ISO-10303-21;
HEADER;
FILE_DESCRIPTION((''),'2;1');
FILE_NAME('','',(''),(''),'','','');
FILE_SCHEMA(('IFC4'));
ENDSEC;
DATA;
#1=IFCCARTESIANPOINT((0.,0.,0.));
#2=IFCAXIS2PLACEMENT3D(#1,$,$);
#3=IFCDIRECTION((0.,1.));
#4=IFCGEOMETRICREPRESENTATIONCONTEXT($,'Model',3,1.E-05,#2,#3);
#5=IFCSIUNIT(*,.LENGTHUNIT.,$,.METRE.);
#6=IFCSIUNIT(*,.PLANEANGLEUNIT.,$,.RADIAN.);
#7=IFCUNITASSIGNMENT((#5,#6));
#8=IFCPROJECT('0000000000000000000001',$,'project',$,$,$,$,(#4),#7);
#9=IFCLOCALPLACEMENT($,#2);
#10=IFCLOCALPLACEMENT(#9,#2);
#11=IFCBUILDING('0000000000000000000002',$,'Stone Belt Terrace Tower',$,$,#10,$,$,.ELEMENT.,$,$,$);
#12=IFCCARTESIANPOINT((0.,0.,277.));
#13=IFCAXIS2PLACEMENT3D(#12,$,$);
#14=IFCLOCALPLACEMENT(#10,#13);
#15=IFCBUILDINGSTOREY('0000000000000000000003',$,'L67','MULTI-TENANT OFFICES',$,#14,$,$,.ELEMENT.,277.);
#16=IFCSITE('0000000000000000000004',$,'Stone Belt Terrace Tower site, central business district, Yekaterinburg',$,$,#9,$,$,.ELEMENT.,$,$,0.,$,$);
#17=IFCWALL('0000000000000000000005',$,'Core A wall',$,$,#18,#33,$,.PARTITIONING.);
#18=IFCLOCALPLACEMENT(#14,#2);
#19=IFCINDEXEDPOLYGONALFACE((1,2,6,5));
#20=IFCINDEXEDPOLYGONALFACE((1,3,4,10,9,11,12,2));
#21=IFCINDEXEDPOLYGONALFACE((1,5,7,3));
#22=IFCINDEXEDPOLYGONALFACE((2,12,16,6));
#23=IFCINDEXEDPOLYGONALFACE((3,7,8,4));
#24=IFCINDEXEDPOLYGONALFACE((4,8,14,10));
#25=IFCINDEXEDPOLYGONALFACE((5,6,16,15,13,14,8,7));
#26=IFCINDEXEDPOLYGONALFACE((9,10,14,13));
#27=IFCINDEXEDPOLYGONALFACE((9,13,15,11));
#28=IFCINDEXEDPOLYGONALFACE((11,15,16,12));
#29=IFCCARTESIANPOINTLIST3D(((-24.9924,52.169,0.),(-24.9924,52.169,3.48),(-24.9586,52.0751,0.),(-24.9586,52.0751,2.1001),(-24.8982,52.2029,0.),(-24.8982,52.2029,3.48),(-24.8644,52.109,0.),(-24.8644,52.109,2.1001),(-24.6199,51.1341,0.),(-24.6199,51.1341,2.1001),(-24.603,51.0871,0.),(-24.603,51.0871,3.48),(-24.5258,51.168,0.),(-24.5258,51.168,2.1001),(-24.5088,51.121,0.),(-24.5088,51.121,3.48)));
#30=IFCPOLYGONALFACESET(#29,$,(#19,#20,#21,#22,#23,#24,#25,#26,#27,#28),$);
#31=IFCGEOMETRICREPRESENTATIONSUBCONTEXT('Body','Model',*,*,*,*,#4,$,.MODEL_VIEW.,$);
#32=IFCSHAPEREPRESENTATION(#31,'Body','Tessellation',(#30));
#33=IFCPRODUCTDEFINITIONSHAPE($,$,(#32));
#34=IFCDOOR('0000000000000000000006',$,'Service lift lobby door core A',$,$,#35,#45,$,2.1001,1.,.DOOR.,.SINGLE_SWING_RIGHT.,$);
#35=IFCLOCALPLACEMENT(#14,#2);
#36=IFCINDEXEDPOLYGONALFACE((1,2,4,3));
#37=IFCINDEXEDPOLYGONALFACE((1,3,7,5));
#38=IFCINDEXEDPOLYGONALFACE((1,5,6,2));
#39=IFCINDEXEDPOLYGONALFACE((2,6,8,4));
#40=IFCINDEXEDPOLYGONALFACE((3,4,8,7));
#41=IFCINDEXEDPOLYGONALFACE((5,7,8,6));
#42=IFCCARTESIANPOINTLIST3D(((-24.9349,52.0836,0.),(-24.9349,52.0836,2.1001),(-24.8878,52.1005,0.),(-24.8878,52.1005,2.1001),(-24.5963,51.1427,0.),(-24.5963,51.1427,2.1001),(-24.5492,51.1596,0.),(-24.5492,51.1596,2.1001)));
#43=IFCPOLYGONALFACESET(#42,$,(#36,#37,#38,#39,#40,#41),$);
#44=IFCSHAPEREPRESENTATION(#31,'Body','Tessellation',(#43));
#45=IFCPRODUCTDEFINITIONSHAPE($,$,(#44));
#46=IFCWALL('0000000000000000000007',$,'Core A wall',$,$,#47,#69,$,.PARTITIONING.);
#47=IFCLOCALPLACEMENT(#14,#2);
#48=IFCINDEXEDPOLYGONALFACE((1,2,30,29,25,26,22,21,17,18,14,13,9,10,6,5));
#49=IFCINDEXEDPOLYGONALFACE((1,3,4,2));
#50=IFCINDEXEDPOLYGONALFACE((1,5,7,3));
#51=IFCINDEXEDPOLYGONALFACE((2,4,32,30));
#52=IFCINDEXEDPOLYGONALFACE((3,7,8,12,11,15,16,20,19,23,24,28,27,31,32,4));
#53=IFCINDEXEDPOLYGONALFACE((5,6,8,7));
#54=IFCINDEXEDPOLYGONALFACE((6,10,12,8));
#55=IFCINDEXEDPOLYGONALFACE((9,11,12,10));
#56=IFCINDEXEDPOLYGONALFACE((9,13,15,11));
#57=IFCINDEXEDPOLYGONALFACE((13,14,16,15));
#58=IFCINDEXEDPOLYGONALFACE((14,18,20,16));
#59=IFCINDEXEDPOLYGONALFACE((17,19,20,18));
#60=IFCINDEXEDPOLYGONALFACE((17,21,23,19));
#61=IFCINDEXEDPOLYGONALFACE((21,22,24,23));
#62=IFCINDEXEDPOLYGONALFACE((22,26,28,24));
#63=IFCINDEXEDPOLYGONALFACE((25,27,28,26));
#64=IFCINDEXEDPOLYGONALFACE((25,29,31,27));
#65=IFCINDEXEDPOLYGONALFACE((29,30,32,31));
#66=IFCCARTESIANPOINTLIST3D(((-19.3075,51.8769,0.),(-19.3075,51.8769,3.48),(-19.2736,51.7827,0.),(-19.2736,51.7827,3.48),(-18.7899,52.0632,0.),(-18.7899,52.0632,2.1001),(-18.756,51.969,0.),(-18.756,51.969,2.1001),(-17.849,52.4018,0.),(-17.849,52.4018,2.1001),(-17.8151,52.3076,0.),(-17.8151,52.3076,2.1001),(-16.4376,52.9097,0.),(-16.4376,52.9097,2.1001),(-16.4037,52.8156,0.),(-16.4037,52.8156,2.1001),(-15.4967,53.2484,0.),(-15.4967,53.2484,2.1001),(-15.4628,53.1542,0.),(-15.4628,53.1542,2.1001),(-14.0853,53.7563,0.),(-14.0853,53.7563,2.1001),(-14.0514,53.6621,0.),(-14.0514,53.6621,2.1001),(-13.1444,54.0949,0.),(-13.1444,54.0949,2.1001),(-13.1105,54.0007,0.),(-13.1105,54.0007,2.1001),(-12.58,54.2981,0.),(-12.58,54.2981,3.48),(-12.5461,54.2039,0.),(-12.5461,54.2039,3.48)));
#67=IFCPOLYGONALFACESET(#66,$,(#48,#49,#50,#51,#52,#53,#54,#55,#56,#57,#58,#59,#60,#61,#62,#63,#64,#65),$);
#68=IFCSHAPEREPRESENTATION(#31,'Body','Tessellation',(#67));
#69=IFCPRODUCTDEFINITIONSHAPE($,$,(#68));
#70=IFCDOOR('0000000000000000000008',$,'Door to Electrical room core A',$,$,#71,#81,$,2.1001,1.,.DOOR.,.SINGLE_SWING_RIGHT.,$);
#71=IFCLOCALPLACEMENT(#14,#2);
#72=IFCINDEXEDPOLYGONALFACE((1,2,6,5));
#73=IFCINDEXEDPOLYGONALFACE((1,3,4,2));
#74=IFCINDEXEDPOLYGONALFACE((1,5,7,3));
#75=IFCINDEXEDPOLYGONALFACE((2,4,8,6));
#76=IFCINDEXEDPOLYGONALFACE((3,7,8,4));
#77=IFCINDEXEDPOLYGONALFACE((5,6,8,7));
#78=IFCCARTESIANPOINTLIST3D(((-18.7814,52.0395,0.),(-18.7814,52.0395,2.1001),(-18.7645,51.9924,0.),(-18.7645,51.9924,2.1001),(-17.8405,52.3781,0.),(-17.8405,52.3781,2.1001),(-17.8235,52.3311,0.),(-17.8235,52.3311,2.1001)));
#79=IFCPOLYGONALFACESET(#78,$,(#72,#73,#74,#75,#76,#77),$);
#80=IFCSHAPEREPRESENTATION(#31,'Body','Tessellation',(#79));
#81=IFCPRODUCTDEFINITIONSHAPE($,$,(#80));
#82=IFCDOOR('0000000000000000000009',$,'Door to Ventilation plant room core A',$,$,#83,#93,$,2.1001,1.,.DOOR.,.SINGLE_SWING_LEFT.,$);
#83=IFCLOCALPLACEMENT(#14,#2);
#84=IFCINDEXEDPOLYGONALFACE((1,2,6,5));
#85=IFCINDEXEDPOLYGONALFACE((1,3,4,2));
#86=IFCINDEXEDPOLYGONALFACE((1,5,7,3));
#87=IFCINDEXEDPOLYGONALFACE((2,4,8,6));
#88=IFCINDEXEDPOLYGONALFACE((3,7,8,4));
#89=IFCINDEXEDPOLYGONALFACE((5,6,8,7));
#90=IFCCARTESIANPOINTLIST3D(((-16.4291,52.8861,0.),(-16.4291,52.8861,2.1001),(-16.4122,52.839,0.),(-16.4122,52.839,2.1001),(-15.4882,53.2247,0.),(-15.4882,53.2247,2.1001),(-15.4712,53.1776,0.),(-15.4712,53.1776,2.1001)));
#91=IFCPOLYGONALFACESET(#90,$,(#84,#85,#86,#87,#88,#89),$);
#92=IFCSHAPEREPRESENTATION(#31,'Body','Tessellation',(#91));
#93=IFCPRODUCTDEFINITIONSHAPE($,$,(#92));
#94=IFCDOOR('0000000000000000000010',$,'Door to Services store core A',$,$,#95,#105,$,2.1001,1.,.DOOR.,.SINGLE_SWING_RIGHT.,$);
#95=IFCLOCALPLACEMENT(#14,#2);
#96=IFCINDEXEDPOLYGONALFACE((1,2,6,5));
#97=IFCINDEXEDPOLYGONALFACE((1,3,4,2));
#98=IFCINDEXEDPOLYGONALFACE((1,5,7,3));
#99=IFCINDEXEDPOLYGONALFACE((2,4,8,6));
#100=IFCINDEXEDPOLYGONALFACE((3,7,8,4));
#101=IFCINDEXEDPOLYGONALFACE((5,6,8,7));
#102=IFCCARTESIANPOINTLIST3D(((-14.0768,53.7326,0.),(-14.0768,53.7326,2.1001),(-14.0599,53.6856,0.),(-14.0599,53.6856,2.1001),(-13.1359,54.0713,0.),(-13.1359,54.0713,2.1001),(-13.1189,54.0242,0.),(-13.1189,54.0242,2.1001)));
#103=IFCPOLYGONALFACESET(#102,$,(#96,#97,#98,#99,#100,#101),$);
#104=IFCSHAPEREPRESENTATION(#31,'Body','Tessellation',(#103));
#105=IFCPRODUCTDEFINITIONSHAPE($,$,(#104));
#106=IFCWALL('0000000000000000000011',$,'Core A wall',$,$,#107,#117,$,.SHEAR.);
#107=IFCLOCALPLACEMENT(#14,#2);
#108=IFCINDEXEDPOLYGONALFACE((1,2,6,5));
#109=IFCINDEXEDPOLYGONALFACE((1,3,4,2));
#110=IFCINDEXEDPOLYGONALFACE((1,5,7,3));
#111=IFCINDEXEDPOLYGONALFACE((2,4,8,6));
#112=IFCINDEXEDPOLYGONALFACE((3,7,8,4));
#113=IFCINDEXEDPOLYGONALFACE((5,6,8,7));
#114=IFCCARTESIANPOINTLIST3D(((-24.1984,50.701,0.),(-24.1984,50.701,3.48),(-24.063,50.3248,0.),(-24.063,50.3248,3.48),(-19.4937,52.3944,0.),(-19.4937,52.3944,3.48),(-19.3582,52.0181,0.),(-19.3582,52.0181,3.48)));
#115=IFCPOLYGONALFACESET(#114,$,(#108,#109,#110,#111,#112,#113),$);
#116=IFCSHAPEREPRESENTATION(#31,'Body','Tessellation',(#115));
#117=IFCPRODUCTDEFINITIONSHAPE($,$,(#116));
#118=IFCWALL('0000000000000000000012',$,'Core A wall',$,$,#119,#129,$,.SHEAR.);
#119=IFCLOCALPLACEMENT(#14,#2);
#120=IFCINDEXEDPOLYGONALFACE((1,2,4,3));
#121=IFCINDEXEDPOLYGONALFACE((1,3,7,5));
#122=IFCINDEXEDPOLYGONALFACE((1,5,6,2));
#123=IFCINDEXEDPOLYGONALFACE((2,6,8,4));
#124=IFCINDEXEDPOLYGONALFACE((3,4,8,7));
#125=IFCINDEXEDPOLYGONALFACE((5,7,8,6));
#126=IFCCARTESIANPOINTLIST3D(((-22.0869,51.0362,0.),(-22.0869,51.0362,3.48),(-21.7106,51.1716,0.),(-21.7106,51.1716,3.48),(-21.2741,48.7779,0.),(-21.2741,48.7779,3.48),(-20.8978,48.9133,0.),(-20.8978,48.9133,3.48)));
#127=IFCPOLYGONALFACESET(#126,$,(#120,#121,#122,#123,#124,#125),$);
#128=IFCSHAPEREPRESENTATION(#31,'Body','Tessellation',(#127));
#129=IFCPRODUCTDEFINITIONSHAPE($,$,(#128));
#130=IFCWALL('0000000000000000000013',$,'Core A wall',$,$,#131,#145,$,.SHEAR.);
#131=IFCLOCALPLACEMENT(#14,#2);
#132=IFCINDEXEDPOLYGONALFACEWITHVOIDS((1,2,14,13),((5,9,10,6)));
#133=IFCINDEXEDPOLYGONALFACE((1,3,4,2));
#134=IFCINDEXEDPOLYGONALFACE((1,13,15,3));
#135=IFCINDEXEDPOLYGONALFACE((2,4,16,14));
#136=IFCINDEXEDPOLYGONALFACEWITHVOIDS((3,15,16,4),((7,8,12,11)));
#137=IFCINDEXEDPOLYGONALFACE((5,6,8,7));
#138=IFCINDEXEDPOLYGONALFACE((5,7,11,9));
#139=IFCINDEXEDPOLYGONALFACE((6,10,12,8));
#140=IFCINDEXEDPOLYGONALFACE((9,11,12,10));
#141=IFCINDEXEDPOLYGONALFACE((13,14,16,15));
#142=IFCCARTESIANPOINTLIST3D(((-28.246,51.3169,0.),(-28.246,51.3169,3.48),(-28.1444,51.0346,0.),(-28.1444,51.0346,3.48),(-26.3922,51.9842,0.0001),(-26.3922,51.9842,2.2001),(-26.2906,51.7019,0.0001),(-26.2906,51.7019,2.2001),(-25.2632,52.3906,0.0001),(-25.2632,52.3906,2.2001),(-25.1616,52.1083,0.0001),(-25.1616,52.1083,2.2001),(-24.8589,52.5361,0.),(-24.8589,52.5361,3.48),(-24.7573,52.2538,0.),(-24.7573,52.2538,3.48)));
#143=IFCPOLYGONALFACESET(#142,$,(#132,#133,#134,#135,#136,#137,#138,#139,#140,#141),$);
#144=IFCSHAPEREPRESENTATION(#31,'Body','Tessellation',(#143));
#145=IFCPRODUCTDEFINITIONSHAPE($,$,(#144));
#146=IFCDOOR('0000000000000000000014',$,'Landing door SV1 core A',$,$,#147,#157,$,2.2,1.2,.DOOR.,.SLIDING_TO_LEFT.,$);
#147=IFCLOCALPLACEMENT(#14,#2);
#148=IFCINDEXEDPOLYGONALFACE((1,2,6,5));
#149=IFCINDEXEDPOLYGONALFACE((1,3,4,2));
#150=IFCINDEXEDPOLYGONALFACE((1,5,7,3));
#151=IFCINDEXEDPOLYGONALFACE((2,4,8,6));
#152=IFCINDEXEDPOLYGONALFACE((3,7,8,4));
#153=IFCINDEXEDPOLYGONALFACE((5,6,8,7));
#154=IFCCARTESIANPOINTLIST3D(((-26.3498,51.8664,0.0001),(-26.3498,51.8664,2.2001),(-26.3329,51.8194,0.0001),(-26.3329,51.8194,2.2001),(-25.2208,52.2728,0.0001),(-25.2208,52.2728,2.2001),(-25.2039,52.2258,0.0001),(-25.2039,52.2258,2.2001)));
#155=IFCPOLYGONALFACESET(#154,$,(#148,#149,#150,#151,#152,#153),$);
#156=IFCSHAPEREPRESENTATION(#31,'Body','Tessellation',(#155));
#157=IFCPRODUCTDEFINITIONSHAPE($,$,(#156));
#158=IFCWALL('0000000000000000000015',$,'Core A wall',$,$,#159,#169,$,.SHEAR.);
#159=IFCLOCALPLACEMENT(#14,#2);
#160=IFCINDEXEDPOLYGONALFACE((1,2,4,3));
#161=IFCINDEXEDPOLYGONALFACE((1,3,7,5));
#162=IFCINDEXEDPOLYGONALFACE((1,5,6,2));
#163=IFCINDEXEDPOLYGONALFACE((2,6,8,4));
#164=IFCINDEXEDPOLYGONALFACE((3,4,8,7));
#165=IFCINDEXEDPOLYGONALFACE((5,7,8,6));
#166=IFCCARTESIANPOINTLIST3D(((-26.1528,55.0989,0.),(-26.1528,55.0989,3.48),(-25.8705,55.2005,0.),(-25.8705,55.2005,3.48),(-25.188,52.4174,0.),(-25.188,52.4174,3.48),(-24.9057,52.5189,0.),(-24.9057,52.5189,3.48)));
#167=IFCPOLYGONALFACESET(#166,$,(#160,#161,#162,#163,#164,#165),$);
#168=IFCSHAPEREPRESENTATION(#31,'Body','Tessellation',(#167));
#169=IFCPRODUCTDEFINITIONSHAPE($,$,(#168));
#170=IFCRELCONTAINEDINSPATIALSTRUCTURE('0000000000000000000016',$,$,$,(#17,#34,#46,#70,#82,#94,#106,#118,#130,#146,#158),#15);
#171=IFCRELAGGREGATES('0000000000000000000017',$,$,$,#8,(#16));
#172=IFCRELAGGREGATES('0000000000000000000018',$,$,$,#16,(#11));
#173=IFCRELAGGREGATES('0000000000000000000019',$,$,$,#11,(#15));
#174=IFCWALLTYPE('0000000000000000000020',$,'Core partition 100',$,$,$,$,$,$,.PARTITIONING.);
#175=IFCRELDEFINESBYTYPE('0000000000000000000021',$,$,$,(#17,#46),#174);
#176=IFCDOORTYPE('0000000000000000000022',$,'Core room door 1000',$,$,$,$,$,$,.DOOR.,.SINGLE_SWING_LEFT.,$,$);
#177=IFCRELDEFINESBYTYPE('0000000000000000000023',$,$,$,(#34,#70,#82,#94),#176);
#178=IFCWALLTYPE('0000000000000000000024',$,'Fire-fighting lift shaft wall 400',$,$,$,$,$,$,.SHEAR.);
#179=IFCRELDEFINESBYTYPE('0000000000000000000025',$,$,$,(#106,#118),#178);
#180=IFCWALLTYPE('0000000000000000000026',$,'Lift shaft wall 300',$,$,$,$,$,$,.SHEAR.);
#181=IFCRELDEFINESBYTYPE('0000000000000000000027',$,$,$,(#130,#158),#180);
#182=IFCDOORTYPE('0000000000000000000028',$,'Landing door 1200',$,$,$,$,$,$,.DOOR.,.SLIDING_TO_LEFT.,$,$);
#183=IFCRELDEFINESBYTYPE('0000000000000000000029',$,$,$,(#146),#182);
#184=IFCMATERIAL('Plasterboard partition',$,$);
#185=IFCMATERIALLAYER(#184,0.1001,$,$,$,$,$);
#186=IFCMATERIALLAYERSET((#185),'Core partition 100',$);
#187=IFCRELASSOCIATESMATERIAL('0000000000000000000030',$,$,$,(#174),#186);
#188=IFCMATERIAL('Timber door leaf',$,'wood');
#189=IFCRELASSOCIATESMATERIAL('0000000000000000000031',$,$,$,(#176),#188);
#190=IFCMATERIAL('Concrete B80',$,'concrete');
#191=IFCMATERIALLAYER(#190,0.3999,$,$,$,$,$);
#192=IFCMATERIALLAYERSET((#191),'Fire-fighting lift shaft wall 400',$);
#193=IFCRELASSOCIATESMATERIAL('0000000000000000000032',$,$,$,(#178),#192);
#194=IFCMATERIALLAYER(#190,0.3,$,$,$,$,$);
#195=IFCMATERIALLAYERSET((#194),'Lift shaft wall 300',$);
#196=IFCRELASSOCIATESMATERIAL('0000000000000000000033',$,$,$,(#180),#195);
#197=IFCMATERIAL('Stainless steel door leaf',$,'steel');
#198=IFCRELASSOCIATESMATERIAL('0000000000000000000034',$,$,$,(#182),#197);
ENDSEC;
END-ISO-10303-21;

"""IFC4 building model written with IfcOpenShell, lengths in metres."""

from ifc_helpers import new_model, si_unit, direction, frame, frame_2d, origin, place, context, subcontext, project, spatial, rectangle, extrude, material, layer, layer_set, type_object, element, fill, save


model = new_model("IFC4")

# Units and contexts
model_context = context("Model", 3, precision=1e-05, world=origin(), true_north=direction((0.0, 1.0)))
body_context = subcontext(model_context, "Body", "Model", "MODEL_VIEW")
ifc_project = project(units=[si_unit("LENGTHUNIT", "METRE"), si_unit("PLANEANGLEUNIT", "RADIAN")], contexts=[model_context])

# Site, building, storey
site_placement = place(None, origin())
site = spatial("IfcSite", under=ifc_project, at=site_placement, Name="Stone Belt Terrace Tower site, central business district, Yekaterinburg", CompositionType="ELEMENT", RefElevation=0.0)
building_placement = place(site_placement, origin())
building = spatial("IfcBuilding", under=site, at=building_placement, Name="Stone Belt Terrace Tower", CompositionType="ELEMENT")
storey_placement = place(building_placement, frame((0.0, 0.0, 277.0)))
storey = spatial("IfcBuildingStorey", under=building, at=storey_placement, Name="L67", Description="MULTI-TENANT OFFICES", CompositionType="ELEMENT", Elevation=277.0)

# Wall, opening, door
ifc_material_1 = material(Name="Plasterboard partition")
ifc_layer_1 = layer(ifc_material_1, 0.1001)
ifc_layer_set_1 = layer_set([ifc_layer_1], Name="Core partition 100")
wall_type_1 = type_object("IfcWallType", Name="Core partition 100", PredefinedType="PARTITIONING", material=ifc_layer_set_1)
wall_1_placement = place(storey_placement, frame((-24.5559, 51.104, 0.0), z_axis=(0.0, 0.0, 1.0), x_axis=(-0.338622, 0.940923, 0.0)))
wall_1 = element("IfcWall", 1, at=wall_1_placement, inside=storey, type_object=wall_type_1, Name="Core A wall", PredefinedType="PARTITIONING", context=body_context, shape_type="SweptSolid", body=[
    extrude(rectangle(XDim=1.1499, YDim=0.1001, at=frame_2d((0.575, 0.0))), origin(), (0.0, 0.0, 1.0), 3.48),
])
opening_1_placement = place(wall_1_placement, frame((0.05, 0.0, 0.0)))
opening_1 = element("IfcOpeningElement", 2, at=opening_1_placement, cuts=wall_1, PredefinedType="OPENING", context=body_context, shape_type="SweptSolid", body=[
    extrude(rectangle(XDim=1.0, YDim=2.1001, at=frame_2d((0.5, 1.05))), frame((0.0, 0.0601, 0.0), z_axis=(0.0, -1.0, 0.0), x_axis=(1.0, 0.0, 0.0)), (0.0, 0.0, 1.0), 0.1201),
])
ifc_material_2 = material(Name="Timber door leaf", Category="wood")
door_type_1 = type_object("IfcDoorType", Name="Core room door 1000", OperationType="SINGLE_SWING_LEFT", PredefinedType="DOOR", material=ifc_material_2)
door_1_placement = place(opening_1_placement, origin())
door_1 = element("IfcDoor", 3, at=door_1_placement, inside=storey, type_object=door_type_1, Name="Service lift lobby door core A", OperationType="SINGLE_SWING_RIGHT", OverallHeight=2.1001, OverallWidth=1.0, PredefinedType="DOOR", context=body_context, shape_type="SweptSolid", body=[
    extrude(rectangle(XDim=1.0, YDim=2.1001, at=frame_2d((0.5, 1.05))), frame((0.0, 0.0249, 0.0), z_axis=(0.0, -1.0, 0.0), x_axis=(1.0, 0.0, 0.0)), (0.0, 0.0, 1.0), 0.05),
])
fill(opening_1, door_1)

# Wall, openings, doors
wall_2_placement = place(storey_placement, frame((-19.2905, 51.8298, 0.0), z_axis=(0.0, 0.0, 1.0), x_axis=(0.940922, 0.338624, 0.0)))
wall_2 = element("IfcWall", 4, at=wall_2_placement, inside=storey, type_object=wall_type_1, Name="Core A wall", PredefinedType="PARTITIONING", context=body_context, shape_type="SweptSolid", body=[
    extrude(rectangle(XDim=7.1499, YDim=0.1001, at=frame_2d((3.575, 0.0))), origin(), (0.0, 0.0, 1.0), 3.48),
])
opening_2_placement = place(wall_2_placement, frame((0.55, 0.0, 0.0)))
opening_2 = element("IfcOpeningElement", 5, at=opening_2_placement, cuts=wall_2, PredefinedType="OPENING", context=body_context, shape_type="SweptSolid", body=[
    extrude(rectangle(XDim=1.0, YDim=2.1001, at=frame_2d((0.5, 1.05))), frame((0.0, 0.0601, 0.0), z_axis=(0.0, -1.0, 0.0), x_axis=(1.0, 0.0, 0.0)), (0.0, 0.0, 1.0), 0.1201),
])
opening_3_placement = place(wall_2_placement, frame((3.05, 0.0, 0.0)))
opening_3 = element("IfcOpeningElement", 6, at=opening_3_placement, cuts=wall_2, PredefinedType="OPENING", context=body_context, shape_type="SweptSolid", body=[
    extrude(rectangle(XDim=1.0, YDim=2.1001, at=frame_2d((0.5, 1.05))), frame((0.0, 0.0601, 0.0), z_axis=(0.0, -1.0, 0.0), x_axis=(1.0, 0.0, 0.0)), (0.0, 0.0, 1.0), 0.1201),
])
opening_4_placement = place(wall_2_placement, frame((5.55, 0.0, 0.0)))
opening_4 = element("IfcOpeningElement", 7, at=opening_4_placement, cuts=wall_2, PredefinedType="OPENING", context=body_context, shape_type="SweptSolid", body=[
    extrude(rectangle(XDim=1.0, YDim=2.1001, at=frame_2d((0.5, 1.05))), frame((0.0, 0.0601, 0.0), z_axis=(0.0, -1.0, 0.0), x_axis=(1.0, 0.0, 0.0)), (0.0, 0.0, 1.0), 0.1201),
])
door_2_placement = place(opening_2_placement, origin())
door_2 = element("IfcDoor", 8, at=door_2_placement, inside=storey, type_object=door_type_1, Name="Door to Electrical room core A", OperationType="SINGLE_SWING_RIGHT", OverallHeight=2.1001, OverallWidth=1.0, PredefinedType="DOOR", context=body_context, shape_type="SweptSolid", body=[
    extrude(rectangle(XDim=1.0, YDim=2.1001, at=frame_2d((0.5, 1.05))), frame((0.0, 0.0249, 0.0), z_axis=(0.0, -1.0, 0.0), x_axis=(1.0, 0.0, 0.0)), (0.0, 0.0, 1.0), 0.05),
])
fill(opening_2, door_2)
door_3_placement = place(opening_3_placement, origin())
door_3 = element("IfcDoor", 9, at=door_3_placement, inside=storey, type_object=door_type_1, Name="Door to Ventilation plant room core A", OperationType="SINGLE_SWING_LEFT", OverallHeight=2.1001, OverallWidth=1.0, PredefinedType="DOOR", context=body_context, shape_type="SweptSolid", body=[
    extrude(rectangle(XDim=1.0, YDim=2.1001, at=frame_2d((0.5, 1.05))), frame((0.0, 0.0249, 0.0), z_axis=(0.0, -1.0, 0.0), x_axis=(1.0, 0.0, 0.0)), (0.0, 0.0, 1.0), 0.05),
])
fill(opening_3, door_3)
door_4_placement = place(opening_4_placement, origin())
door_4 = element("IfcDoor", 10, at=door_4_placement, inside=storey, type_object=door_type_1, Name="Door to Services store core A", OperationType="SINGLE_SWING_RIGHT", OverallHeight=2.1001, OverallWidth=1.0, PredefinedType="DOOR", context=body_context, shape_type="SweptSolid", body=[
    extrude(rectangle(XDim=1.0, YDim=2.1001, at=frame_2d((0.5, 1.05))), frame((0.0, 0.0249, 0.0), z_axis=(0.0, -1.0, 0.0), x_axis=(1.0, 0.0, 0.0)), (0.0, 0.0, 1.0), 0.05),
])
fill(opening_4, door_4)

# Walls
ifc_material_3 = material(Name="Concrete B80", Category="concrete")
ifc_layer_2 = layer(ifc_material_3, 0.3999)
ifc_layer_set_2 = layer_set([ifc_layer_2], Name="Fire-fighting lift shaft wall 400")
wall_type_2 = type_object("IfcWallType", Name="Fire-fighting lift shaft wall 400", PredefinedType="SHEAR", material=ifc_layer_set_2)
wall_3_placement = place(storey_placement, frame((-24.1306, 50.5129, 0.0), z_axis=(0.0, 0.0, 1.0), x_axis=(0.940912, 0.338652, 0.0)))
element("IfcWall", 11, at=wall_3_placement, inside=storey, type_object=wall_type_2, Name="Core A wall", PredefinedType="SHEAR", context=body_context, shape_type="SweptSolid", body=[
    extrude(rectangle(XDim=5.0002, YDim=0.3999, at=frame_2d((2.5, 0.0))), origin(), (0.0, 0.0, 1.0), 3.48),
])
wall_4_placement = place(storey_placement, frame((-21.0859, 48.8455, 0.0), z_axis=(0.0, 0.0, 1.0), x_axis=(-0.338629, 0.94092, 0.0)))
element("IfcWall", 12, at=wall_4_placement, inside=storey, type_object=wall_type_2, Name="Core A wall", PredefinedType="SHEAR", context=body_context, shape_type="SweptSolid", body=[
    extrude(rectangle(XDim=2.4001, YDim=0.3999, at=frame_2d((1.2002, 0.0))), origin(), (0.0, 0.0, 1.0), 3.48),
])

# Wall, opening, door
ifc_layer_3 = layer(ifc_material_3, 0.3)
ifc_layer_set_3 = layer_set([ifc_layer_3], Name="Lift shaft wall 300")
wall_type_3 = type_object("IfcWallType", Name="Lift shaft wall 300", PredefinedType="SHEAR", material=ifc_layer_set_3)
wall_5_placement = place(storey_placement, frame((-28.1951, 51.1758, 0.0), z_axis=(0.0, 0.0, 1.0), x_axis=(0.940901, 0.338681, 0.0)))
wall_5 = element("IfcWall", 13, at=wall_5_placement, inside=storey, type_object=wall_type_3, Name="Core A wall", PredefinedType="SHEAR", context=body_context, shape_type="SweptSolid", body=[
    extrude(rectangle(XDim=3.5999, YDim=0.3, at=frame_2d((1.7998, 0.0))), origin(), (0.0, 0.0, 1.0), 3.48),
])
opening_5_placement = place(wall_5_placement, frame((1.97, 0.0, 0.0)))
opening_5 = element("IfcOpeningElement", 14, at=opening_5_placement, cuts=wall_5, PredefinedType="OPENING", context=body_context, shape_type="SweptSolid", body=[
    extrude(rectangle(XDim=1.2, YDim=2.2, at=frame_2d((0.6001, 1.1001))), frame((0.0, 0.1599, 0.0), z_axis=(0.0, -1.0, 0.0), x_axis=(1.0, 0.0, 0.0)), (0.0, 0.0, 1.0), 0.3201),
])
ifc_material_4 = material(Name="Stainless steel door leaf", Category="steel")
door_type_2 = type_object("IfcDoorType", Name="Landing door 1200", OperationType="SLIDING_TO_LEFT", PredefinedType="DOOR", material=ifc_material_4)
door_5_placement = place(opening_5_placement, origin())
door_5 = element("IfcDoor", 15, at=door_5_placement, inside=storey, type_object=door_type_2, Name="Landing door SV1 core A", OperationType="SLIDING_TO_LEFT", OverallHeight=2.2, OverallWidth=1.2, PredefinedType="DOOR", context=body_context, shape_type="SweptSolid", body=[
    extrude(rectangle(XDim=1.2, YDim=2.2, at=frame_2d((0.6001, 1.1001))), frame((0.0, 0.0249, 0.0), z_axis=(0.0, -1.0, 0.0), x_axis=(1.0, 0.0, 0.0)), (0.0, 0.0, 1.0), 0.05),
])
fill(opening_5, door_5)

# Wall
wall_6_placement = place(storey_placement, frame((-25.0469, 52.4683, 0.0), z_axis=(0.0, 0.0, 1.0), x_axis=(-0.33855, 0.940949, 0.0)))
element("IfcWall", 16, at=wall_6_placement, inside=storey, type_object=wall_type_3, Name="Core A wall", PredefinedType="SHEAR", context=body_context, shape_type="SweptSolid", body=[
    extrude(rectangle(XDim=2.8499, YDim=0.3, at=frame_2d((1.4248, 0.0))), origin(), (0.0, 0.0, 1.0), 3.48),
])

save(model, "model.ifc")
